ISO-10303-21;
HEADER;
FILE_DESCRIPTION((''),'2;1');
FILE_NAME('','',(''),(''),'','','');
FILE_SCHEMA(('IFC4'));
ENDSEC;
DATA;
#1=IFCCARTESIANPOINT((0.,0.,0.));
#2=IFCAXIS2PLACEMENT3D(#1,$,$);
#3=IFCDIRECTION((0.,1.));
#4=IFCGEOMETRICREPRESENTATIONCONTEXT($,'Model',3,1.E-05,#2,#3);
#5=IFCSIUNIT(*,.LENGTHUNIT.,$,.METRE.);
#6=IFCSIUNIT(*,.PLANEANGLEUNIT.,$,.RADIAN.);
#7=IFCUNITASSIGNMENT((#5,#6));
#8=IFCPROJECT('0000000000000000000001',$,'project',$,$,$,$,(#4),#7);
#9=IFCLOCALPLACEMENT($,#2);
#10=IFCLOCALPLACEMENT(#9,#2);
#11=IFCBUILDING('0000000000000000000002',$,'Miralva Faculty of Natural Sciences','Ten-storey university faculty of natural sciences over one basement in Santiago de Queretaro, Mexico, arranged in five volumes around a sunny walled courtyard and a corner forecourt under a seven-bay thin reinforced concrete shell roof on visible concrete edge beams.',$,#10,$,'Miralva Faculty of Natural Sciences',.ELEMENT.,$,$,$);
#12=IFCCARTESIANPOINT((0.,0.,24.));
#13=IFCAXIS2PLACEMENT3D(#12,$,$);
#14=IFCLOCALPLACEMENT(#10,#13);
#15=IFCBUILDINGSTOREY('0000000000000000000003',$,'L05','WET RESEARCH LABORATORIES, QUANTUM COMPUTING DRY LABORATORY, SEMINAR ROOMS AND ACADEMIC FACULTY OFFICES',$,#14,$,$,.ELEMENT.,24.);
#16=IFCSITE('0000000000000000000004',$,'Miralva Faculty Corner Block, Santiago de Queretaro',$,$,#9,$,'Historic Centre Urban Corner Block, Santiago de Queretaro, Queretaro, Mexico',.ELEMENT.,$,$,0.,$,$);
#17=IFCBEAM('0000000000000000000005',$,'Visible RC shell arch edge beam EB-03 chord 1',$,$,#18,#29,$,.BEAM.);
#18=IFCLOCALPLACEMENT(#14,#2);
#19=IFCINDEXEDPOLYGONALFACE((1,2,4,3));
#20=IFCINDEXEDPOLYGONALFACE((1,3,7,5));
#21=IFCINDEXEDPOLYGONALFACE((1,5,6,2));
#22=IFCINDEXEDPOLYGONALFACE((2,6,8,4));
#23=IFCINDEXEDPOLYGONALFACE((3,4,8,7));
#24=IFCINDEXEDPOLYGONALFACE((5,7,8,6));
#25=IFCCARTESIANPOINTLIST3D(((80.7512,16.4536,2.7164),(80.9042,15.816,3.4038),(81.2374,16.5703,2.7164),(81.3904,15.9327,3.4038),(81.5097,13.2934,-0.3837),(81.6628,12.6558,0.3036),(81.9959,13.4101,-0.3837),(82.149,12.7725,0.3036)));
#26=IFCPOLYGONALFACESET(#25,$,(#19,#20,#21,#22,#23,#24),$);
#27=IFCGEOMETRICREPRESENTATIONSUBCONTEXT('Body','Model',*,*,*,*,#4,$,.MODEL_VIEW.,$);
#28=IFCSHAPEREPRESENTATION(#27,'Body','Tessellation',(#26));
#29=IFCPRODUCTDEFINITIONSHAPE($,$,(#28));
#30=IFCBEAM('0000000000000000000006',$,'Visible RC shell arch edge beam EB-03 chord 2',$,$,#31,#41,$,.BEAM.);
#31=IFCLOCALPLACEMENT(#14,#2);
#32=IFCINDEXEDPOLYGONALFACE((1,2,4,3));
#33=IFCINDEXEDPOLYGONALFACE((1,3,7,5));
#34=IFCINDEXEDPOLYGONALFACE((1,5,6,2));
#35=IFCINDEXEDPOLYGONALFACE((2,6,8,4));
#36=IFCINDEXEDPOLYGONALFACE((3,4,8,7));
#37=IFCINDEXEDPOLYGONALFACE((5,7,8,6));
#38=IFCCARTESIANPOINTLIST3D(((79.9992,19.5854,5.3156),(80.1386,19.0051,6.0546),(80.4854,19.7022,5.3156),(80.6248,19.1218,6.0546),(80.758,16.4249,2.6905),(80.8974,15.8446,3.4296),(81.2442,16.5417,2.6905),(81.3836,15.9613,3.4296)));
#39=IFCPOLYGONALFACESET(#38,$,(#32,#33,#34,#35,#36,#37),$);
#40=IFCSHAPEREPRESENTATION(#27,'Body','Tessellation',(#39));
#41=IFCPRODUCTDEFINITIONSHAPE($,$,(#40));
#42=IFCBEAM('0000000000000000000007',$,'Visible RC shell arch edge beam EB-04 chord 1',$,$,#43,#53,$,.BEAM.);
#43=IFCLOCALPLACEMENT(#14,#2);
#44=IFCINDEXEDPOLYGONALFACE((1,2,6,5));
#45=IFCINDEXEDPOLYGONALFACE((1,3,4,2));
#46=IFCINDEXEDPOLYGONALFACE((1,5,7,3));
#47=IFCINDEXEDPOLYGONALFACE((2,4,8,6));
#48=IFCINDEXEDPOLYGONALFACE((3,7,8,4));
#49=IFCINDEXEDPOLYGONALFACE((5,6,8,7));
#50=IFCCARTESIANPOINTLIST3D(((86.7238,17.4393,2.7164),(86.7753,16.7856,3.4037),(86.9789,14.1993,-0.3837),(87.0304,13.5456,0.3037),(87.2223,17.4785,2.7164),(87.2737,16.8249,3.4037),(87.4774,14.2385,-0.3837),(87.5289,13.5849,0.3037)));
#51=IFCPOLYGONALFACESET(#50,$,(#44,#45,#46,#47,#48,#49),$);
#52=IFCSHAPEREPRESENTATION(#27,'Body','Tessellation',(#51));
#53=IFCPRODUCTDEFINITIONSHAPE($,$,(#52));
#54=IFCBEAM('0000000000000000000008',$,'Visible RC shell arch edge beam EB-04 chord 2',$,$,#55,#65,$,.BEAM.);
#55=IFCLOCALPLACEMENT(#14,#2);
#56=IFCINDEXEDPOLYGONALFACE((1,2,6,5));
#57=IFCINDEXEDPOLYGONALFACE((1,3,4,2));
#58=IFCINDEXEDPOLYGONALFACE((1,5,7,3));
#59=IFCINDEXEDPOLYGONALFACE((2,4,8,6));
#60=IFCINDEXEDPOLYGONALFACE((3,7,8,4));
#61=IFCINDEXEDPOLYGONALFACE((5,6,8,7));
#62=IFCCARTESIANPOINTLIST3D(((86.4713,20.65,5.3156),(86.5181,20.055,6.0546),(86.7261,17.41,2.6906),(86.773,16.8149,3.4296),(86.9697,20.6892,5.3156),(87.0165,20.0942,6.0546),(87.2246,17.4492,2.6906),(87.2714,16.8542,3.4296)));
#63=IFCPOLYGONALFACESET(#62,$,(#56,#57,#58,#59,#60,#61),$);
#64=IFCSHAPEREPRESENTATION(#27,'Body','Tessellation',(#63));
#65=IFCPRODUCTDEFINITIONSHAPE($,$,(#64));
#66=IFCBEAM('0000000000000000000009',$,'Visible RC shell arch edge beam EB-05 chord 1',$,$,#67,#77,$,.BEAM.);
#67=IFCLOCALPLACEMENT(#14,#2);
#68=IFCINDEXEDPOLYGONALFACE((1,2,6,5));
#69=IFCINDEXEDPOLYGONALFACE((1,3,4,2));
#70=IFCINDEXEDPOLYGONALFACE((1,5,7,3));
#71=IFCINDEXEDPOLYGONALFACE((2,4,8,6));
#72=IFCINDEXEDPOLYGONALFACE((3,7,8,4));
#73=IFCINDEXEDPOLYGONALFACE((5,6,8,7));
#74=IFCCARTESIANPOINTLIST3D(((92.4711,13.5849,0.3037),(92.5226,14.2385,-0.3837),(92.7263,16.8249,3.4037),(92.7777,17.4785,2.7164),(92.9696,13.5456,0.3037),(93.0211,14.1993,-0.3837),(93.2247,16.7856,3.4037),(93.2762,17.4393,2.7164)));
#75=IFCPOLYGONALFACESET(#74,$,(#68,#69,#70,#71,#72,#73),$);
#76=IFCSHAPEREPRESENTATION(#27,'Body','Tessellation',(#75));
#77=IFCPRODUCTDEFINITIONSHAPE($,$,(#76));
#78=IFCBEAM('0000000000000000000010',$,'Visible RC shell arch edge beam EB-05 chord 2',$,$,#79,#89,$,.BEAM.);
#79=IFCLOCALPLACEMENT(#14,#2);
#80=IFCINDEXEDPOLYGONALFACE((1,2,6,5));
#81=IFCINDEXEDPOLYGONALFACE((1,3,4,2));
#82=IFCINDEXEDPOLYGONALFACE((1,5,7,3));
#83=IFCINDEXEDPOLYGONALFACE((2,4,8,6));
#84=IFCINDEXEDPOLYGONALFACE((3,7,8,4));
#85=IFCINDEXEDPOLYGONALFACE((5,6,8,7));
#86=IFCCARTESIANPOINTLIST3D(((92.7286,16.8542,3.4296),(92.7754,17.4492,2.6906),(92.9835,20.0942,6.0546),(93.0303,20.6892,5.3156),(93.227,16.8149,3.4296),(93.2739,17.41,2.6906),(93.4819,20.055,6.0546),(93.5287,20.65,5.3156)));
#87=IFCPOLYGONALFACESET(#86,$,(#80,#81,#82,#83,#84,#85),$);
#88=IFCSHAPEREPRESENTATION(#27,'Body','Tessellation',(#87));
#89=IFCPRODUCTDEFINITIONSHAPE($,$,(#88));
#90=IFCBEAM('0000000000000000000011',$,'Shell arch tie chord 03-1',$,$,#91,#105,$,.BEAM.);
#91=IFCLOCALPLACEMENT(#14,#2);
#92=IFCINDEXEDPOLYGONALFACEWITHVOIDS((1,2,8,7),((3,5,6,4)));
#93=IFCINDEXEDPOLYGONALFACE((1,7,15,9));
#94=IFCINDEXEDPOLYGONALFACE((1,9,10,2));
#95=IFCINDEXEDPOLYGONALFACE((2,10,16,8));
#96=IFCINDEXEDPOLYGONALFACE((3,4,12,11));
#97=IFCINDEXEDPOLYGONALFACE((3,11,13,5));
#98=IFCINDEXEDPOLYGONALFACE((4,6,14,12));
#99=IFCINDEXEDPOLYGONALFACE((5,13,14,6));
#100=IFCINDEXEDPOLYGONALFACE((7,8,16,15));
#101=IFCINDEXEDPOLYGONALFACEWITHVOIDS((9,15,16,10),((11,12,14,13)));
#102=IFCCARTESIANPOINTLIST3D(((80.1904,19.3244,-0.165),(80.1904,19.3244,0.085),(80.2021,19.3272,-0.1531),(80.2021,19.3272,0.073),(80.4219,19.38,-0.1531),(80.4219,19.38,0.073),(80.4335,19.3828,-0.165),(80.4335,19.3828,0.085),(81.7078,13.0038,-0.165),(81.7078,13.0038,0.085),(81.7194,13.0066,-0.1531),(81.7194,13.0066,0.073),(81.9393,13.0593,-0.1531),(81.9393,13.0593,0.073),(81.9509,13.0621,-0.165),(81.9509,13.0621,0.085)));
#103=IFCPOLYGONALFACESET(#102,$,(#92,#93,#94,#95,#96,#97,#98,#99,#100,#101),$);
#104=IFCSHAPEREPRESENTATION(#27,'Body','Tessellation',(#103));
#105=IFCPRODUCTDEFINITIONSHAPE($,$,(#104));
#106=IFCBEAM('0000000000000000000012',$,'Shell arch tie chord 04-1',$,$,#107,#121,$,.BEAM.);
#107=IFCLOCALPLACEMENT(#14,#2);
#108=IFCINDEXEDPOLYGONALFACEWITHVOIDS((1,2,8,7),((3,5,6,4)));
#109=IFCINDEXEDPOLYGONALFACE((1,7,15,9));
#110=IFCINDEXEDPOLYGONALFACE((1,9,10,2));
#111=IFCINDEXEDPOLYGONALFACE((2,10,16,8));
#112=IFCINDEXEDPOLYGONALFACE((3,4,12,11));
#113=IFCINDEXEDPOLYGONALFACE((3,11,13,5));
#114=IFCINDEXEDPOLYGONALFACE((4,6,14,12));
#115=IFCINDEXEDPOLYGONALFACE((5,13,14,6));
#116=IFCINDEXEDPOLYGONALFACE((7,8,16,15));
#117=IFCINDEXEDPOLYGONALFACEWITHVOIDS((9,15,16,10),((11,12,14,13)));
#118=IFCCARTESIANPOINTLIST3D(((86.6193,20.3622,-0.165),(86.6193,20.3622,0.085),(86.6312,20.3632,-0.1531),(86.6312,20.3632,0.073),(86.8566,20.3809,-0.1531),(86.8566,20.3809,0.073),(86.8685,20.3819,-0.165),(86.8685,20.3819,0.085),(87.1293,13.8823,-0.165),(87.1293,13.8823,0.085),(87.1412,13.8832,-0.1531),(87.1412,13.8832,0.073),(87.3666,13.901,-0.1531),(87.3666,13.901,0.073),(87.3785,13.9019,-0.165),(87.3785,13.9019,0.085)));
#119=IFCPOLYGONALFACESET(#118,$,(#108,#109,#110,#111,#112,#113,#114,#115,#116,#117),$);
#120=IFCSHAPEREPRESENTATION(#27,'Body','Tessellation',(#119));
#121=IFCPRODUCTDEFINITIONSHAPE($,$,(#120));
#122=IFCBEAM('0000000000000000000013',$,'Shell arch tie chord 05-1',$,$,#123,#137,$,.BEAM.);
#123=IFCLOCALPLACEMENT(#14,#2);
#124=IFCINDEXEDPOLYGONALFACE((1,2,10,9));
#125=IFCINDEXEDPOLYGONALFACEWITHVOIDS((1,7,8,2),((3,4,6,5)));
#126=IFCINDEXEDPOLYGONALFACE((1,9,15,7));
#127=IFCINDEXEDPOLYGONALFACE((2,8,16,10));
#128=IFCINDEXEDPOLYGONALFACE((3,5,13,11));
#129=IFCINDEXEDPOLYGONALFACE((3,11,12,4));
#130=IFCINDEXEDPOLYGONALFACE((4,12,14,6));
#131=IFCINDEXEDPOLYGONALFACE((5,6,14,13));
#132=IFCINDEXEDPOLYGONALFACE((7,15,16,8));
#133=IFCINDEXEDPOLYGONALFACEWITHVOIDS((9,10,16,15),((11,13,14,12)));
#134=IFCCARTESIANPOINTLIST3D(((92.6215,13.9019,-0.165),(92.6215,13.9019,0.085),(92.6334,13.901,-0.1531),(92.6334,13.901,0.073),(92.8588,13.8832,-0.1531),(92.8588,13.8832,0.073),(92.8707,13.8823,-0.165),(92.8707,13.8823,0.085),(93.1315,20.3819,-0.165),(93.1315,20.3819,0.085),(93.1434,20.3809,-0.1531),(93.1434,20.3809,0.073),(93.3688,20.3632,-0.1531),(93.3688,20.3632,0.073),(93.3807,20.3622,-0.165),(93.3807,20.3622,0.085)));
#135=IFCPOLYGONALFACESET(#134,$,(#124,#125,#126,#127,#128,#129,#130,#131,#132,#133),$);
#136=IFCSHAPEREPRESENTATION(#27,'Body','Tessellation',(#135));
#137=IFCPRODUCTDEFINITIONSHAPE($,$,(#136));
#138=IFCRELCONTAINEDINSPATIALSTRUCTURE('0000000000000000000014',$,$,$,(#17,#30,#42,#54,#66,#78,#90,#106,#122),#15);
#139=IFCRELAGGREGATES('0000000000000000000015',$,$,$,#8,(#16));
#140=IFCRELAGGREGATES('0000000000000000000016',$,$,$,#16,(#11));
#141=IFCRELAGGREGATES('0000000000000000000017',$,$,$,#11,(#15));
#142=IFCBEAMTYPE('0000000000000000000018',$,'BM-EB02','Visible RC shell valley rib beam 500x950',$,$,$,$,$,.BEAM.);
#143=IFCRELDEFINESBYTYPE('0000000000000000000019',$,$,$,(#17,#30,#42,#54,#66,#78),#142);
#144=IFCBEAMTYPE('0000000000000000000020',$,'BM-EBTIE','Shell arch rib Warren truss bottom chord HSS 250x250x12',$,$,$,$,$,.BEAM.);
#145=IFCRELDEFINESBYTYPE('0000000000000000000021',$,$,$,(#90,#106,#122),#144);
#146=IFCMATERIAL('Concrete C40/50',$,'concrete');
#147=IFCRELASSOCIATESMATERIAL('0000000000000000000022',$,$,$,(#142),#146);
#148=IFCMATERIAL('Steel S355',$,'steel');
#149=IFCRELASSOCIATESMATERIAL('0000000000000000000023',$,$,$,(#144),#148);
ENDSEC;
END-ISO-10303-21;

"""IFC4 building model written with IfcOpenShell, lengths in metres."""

from ifc_helpers import new_model, si_unit, direction, frame, origin, origin_2d, place, context, subcontext, project, spatial, rectangle, hollow_rectangle, extrude, material, material_profile, profile_set, type_object, element, save


model = new_model("IFC4")

# Units and contexts
model_context = context("Model", 3, precision=1e-05, world=origin(), true_north=direction((0.0, 1.0)))
body_context = subcontext(model_context, "Body", "Model", "MODEL_VIEW")
ifc_project = project(units=[si_unit("LENGTHUNIT", "METRE"), si_unit("PLANEANGLEUNIT", "RADIAN")], contexts=[model_context])

# Site, building, storey
site_placement = place(None, origin())
site = spatial("IfcSite", under=ifc_project, at=site_placement, Name="Miralva Faculty Corner Block, Santiago de Queretaro", LongName="Historic Centre Urban Corner Block, Santiago de Queretaro, Queretaro, Mexico", CompositionType="ELEMENT", RefElevation=0.0)
building_placement = place(site_placement, origin())
building = spatial("IfcBuilding", under=site, at=building_placement, Name="Miralva Faculty of Natural Sciences", Description="Ten-storey university faculty of natural sciences over one basement in Santiago de Queretaro, Mexico, arranged in five volumes around a sunny walled courtyard and a corner forecourt under a seven-bay thin reinforced concrete shell roof on visible concrete edge beams.", LongName="Miralva Faculty of Natural Sciences", CompositionType="ELEMENT")
storey_placement = place(building_placement, frame((0.0, 0.0, 24.0)))
storey = spatial("IfcBuildingStorey", under=building, at=storey_placement, Name="L05", Description="WET RESEARCH LABORATORIES, QUANTUM COMPUTING DRY LABORATORY, SEMINAR ROOMS AND ACADEMIC FACULTY OFFICES", CompositionType="ELEMENT", Elevation=24.0)

# Beams
ifc_material_1 = material(Name="Concrete C40/50", Category="concrete")
ifc_material_profile_1 = material_profile(ifc_material_1, rectangle(XDim=0.5, YDim=0.95, at=origin_2d()), Name="RC 500x950")
ifc_profile_set_1 = profile_set([ifc_material_profile_1], Name="Concrete C40/50")
beam_type_1 = type_object("IfcBeamType", Name="BM-EB02", Description="Visible RC shell valley rib beam 500x950", PredefinedType="BEAM", material=ifc_profile_set_1)
beam_1_placement = place(storey_placement, frame((81.8293, 13.033, -0.04), z_axis=(-0.168889, 0.703603, 0.690231), x_axis=(-0.97238, -0.233404, 0.0)))
element("IfcBeam", 1, at=beam_1_placement, inside=storey, type_object=beam_type_1, Name="Visible RC shell arch edge beam EB-03 chord 1", PredefinedType="BEAM", context=body_context, shape_type="SweptSolid", body=[
    extrude(rectangle(XDim=0.5, YDim=0.95, at=origin_2d()), origin(), (0.0, 0.0, 1.0), 4.4915),
])
beam_2_placement = place(storey_placement, frame((81.0708, 16.1931, 3.0601), z_axis=(-0.181621, 0.756464, 0.628312), x_axis=(-0.972367, -0.233458, 0.0)))
element("IfcBeam", 2, at=beam_2_placement, inside=storey, type_object=beam_type_1, Name="Visible RC shell arch edge beam EB-03 chord 2", PredefinedType="BEAM", context=body_context, shape_type="SweptSolid", body=[
    extrude(rectangle(XDim=0.5, YDim=0.95, at=origin_2d()), origin(), (0.0, 0.0, 1.0), 4.178),
])
beam_3_placement = place(storey_placement, frame((87.2539, 13.8921, -0.04), z_axis=(-0.056803, 0.721366, 0.69022), x_axis=(-0.996914, -0.0785, 0.0)))
element("IfcBeam", 3, at=beam_3_placement, inside=storey, type_object=beam_type_1, Name="Visible RC shell arch edge beam EB-04 chord 1", PredefinedType="BEAM", context=body_context, shape_type="SweptSolid", body=[
    extrude(rectangle(XDim=0.5, YDim=0.95, at=origin_2d()), origin(), (0.0, 0.0, 1.0), 4.4915),
])
beam_4_placement = place(storey_placement, frame((86.9988, 17.1321, 3.0601), z_axis=(-0.06101, 0.775545, 0.628337), x_axis=(-0.99692, -0.078425, 0.0)))
element("IfcBeam", 4, at=beam_4_placement, inside=storey, type_object=beam_type_1, Name="Visible RC shell arch edge beam EB-04 chord 2", PredefinedType="BEAM", context=body_context, shape_type="SweptSolid", body=[
    extrude(rectangle(XDim=0.5, YDim=0.95, at=origin_2d()), origin(), (0.0, 0.0, 1.0), 4.1777),
])
beam_5_placement = place(storey_placement, frame((92.7461, 13.8921, -0.04), z_axis=(0.056803, 0.721366, 0.69022), x_axis=(-0.996914, 0.0785, 0.0)))
element("IfcBeam", 5, at=beam_5_placement, inside=storey, type_object=beam_type_1, Name="Visible RC shell arch edge beam EB-05 chord 1", PredefinedType="BEAM", context=body_context, shape_type="SweptSolid", body=[
    extrude(rectangle(XDim=0.5, YDim=0.95, at=origin_2d()), origin(), (0.0, 0.0, 1.0), 4.4915),
])
beam_6_placement = place(storey_placement, frame((93.0012, 17.1321, 3.0601), z_axis=(0.06101, 0.775545, 0.628337), x_axis=(-0.99692, 0.078425, 0.0)))
element("IfcBeam", 6, at=beam_6_placement, inside=storey, type_object=beam_type_1, Name="Visible RC shell arch edge beam EB-05 chord 2", PredefinedType="BEAM", context=body_context, shape_type="SweptSolid", body=[
    extrude(rectangle(XDim=0.5, YDim=0.95, at=origin_2d()), origin(), (0.0, 0.0, 1.0), 4.1777),
])
ifc_material_2 = material(Name="Steel S355", Category="steel")
ifc_material_profile_2 = material_profile(ifc_material_2, hollow_rectangle(XDim=0.25, YDim=0.25, WallThickness=0.012, at=origin_2d()), Name="HSS 250x250x12")
ifc_profile_set_2 = profile_set([ifc_material_profile_2], Name="Steel S355")
beam_type_2 = type_object("IfcBeamType", Name="BM-EBTIE", Description="Shell arch rib Warren truss bottom chord HSS 250x250x12", PredefinedType="BEAM", material=ifc_profile_set_2)
beam_7_placement = place(storey_placement, frame((81.8293, 13.033, -0.04), z_axis=(-0.233431, 0.972373, 0.0), x_axis=(-0.972373, -0.233431, 0.0)))
element("IfcBeam", 7, at=beam_7_placement, inside=storey, type_object=beam_type_2, Name="Shell arch tie chord 03-1", PredefinedType="BEAM", context=body_context, shape_type="SweptSolid", body=[
    extrude(hollow_rectangle(XDim=0.25, YDim=0.25, WallThickness=0.012, at=origin_2d()), origin(), (0.0, 0.0, 1.0), 6.5002),
])
for number, where, z_axis, x_axis, name in (
    (8, (87.2539, 13.8921, -0.04), (-0.078463, 0.996917, 0.0), (-0.996917, -0.078463, 0.0), "Shell arch tie chord 04-1"),
    (9, (92.7461, 13.8921, -0.04), (0.078463, 0.996917, 0.0), (-0.996917, 0.078463, 0.0), "Shell arch tie chord 05-1"),
):
    element("IfcBeam", number, at=place(storey_placement, frame(where, z_axis=z_axis, x_axis=x_axis)), inside=storey, type_object=beam_type_2, Name=name, PredefinedType="BEAM", context=body_context, shape_type="SweptSolid", body=[
        extrude(hollow_rectangle(XDim=0.25, YDim=0.25, WallThickness=0.012, at=origin_2d()), origin(), (0.0, 0.0, 1.0), 6.5),
    ])

save(model, "model.ifc")
